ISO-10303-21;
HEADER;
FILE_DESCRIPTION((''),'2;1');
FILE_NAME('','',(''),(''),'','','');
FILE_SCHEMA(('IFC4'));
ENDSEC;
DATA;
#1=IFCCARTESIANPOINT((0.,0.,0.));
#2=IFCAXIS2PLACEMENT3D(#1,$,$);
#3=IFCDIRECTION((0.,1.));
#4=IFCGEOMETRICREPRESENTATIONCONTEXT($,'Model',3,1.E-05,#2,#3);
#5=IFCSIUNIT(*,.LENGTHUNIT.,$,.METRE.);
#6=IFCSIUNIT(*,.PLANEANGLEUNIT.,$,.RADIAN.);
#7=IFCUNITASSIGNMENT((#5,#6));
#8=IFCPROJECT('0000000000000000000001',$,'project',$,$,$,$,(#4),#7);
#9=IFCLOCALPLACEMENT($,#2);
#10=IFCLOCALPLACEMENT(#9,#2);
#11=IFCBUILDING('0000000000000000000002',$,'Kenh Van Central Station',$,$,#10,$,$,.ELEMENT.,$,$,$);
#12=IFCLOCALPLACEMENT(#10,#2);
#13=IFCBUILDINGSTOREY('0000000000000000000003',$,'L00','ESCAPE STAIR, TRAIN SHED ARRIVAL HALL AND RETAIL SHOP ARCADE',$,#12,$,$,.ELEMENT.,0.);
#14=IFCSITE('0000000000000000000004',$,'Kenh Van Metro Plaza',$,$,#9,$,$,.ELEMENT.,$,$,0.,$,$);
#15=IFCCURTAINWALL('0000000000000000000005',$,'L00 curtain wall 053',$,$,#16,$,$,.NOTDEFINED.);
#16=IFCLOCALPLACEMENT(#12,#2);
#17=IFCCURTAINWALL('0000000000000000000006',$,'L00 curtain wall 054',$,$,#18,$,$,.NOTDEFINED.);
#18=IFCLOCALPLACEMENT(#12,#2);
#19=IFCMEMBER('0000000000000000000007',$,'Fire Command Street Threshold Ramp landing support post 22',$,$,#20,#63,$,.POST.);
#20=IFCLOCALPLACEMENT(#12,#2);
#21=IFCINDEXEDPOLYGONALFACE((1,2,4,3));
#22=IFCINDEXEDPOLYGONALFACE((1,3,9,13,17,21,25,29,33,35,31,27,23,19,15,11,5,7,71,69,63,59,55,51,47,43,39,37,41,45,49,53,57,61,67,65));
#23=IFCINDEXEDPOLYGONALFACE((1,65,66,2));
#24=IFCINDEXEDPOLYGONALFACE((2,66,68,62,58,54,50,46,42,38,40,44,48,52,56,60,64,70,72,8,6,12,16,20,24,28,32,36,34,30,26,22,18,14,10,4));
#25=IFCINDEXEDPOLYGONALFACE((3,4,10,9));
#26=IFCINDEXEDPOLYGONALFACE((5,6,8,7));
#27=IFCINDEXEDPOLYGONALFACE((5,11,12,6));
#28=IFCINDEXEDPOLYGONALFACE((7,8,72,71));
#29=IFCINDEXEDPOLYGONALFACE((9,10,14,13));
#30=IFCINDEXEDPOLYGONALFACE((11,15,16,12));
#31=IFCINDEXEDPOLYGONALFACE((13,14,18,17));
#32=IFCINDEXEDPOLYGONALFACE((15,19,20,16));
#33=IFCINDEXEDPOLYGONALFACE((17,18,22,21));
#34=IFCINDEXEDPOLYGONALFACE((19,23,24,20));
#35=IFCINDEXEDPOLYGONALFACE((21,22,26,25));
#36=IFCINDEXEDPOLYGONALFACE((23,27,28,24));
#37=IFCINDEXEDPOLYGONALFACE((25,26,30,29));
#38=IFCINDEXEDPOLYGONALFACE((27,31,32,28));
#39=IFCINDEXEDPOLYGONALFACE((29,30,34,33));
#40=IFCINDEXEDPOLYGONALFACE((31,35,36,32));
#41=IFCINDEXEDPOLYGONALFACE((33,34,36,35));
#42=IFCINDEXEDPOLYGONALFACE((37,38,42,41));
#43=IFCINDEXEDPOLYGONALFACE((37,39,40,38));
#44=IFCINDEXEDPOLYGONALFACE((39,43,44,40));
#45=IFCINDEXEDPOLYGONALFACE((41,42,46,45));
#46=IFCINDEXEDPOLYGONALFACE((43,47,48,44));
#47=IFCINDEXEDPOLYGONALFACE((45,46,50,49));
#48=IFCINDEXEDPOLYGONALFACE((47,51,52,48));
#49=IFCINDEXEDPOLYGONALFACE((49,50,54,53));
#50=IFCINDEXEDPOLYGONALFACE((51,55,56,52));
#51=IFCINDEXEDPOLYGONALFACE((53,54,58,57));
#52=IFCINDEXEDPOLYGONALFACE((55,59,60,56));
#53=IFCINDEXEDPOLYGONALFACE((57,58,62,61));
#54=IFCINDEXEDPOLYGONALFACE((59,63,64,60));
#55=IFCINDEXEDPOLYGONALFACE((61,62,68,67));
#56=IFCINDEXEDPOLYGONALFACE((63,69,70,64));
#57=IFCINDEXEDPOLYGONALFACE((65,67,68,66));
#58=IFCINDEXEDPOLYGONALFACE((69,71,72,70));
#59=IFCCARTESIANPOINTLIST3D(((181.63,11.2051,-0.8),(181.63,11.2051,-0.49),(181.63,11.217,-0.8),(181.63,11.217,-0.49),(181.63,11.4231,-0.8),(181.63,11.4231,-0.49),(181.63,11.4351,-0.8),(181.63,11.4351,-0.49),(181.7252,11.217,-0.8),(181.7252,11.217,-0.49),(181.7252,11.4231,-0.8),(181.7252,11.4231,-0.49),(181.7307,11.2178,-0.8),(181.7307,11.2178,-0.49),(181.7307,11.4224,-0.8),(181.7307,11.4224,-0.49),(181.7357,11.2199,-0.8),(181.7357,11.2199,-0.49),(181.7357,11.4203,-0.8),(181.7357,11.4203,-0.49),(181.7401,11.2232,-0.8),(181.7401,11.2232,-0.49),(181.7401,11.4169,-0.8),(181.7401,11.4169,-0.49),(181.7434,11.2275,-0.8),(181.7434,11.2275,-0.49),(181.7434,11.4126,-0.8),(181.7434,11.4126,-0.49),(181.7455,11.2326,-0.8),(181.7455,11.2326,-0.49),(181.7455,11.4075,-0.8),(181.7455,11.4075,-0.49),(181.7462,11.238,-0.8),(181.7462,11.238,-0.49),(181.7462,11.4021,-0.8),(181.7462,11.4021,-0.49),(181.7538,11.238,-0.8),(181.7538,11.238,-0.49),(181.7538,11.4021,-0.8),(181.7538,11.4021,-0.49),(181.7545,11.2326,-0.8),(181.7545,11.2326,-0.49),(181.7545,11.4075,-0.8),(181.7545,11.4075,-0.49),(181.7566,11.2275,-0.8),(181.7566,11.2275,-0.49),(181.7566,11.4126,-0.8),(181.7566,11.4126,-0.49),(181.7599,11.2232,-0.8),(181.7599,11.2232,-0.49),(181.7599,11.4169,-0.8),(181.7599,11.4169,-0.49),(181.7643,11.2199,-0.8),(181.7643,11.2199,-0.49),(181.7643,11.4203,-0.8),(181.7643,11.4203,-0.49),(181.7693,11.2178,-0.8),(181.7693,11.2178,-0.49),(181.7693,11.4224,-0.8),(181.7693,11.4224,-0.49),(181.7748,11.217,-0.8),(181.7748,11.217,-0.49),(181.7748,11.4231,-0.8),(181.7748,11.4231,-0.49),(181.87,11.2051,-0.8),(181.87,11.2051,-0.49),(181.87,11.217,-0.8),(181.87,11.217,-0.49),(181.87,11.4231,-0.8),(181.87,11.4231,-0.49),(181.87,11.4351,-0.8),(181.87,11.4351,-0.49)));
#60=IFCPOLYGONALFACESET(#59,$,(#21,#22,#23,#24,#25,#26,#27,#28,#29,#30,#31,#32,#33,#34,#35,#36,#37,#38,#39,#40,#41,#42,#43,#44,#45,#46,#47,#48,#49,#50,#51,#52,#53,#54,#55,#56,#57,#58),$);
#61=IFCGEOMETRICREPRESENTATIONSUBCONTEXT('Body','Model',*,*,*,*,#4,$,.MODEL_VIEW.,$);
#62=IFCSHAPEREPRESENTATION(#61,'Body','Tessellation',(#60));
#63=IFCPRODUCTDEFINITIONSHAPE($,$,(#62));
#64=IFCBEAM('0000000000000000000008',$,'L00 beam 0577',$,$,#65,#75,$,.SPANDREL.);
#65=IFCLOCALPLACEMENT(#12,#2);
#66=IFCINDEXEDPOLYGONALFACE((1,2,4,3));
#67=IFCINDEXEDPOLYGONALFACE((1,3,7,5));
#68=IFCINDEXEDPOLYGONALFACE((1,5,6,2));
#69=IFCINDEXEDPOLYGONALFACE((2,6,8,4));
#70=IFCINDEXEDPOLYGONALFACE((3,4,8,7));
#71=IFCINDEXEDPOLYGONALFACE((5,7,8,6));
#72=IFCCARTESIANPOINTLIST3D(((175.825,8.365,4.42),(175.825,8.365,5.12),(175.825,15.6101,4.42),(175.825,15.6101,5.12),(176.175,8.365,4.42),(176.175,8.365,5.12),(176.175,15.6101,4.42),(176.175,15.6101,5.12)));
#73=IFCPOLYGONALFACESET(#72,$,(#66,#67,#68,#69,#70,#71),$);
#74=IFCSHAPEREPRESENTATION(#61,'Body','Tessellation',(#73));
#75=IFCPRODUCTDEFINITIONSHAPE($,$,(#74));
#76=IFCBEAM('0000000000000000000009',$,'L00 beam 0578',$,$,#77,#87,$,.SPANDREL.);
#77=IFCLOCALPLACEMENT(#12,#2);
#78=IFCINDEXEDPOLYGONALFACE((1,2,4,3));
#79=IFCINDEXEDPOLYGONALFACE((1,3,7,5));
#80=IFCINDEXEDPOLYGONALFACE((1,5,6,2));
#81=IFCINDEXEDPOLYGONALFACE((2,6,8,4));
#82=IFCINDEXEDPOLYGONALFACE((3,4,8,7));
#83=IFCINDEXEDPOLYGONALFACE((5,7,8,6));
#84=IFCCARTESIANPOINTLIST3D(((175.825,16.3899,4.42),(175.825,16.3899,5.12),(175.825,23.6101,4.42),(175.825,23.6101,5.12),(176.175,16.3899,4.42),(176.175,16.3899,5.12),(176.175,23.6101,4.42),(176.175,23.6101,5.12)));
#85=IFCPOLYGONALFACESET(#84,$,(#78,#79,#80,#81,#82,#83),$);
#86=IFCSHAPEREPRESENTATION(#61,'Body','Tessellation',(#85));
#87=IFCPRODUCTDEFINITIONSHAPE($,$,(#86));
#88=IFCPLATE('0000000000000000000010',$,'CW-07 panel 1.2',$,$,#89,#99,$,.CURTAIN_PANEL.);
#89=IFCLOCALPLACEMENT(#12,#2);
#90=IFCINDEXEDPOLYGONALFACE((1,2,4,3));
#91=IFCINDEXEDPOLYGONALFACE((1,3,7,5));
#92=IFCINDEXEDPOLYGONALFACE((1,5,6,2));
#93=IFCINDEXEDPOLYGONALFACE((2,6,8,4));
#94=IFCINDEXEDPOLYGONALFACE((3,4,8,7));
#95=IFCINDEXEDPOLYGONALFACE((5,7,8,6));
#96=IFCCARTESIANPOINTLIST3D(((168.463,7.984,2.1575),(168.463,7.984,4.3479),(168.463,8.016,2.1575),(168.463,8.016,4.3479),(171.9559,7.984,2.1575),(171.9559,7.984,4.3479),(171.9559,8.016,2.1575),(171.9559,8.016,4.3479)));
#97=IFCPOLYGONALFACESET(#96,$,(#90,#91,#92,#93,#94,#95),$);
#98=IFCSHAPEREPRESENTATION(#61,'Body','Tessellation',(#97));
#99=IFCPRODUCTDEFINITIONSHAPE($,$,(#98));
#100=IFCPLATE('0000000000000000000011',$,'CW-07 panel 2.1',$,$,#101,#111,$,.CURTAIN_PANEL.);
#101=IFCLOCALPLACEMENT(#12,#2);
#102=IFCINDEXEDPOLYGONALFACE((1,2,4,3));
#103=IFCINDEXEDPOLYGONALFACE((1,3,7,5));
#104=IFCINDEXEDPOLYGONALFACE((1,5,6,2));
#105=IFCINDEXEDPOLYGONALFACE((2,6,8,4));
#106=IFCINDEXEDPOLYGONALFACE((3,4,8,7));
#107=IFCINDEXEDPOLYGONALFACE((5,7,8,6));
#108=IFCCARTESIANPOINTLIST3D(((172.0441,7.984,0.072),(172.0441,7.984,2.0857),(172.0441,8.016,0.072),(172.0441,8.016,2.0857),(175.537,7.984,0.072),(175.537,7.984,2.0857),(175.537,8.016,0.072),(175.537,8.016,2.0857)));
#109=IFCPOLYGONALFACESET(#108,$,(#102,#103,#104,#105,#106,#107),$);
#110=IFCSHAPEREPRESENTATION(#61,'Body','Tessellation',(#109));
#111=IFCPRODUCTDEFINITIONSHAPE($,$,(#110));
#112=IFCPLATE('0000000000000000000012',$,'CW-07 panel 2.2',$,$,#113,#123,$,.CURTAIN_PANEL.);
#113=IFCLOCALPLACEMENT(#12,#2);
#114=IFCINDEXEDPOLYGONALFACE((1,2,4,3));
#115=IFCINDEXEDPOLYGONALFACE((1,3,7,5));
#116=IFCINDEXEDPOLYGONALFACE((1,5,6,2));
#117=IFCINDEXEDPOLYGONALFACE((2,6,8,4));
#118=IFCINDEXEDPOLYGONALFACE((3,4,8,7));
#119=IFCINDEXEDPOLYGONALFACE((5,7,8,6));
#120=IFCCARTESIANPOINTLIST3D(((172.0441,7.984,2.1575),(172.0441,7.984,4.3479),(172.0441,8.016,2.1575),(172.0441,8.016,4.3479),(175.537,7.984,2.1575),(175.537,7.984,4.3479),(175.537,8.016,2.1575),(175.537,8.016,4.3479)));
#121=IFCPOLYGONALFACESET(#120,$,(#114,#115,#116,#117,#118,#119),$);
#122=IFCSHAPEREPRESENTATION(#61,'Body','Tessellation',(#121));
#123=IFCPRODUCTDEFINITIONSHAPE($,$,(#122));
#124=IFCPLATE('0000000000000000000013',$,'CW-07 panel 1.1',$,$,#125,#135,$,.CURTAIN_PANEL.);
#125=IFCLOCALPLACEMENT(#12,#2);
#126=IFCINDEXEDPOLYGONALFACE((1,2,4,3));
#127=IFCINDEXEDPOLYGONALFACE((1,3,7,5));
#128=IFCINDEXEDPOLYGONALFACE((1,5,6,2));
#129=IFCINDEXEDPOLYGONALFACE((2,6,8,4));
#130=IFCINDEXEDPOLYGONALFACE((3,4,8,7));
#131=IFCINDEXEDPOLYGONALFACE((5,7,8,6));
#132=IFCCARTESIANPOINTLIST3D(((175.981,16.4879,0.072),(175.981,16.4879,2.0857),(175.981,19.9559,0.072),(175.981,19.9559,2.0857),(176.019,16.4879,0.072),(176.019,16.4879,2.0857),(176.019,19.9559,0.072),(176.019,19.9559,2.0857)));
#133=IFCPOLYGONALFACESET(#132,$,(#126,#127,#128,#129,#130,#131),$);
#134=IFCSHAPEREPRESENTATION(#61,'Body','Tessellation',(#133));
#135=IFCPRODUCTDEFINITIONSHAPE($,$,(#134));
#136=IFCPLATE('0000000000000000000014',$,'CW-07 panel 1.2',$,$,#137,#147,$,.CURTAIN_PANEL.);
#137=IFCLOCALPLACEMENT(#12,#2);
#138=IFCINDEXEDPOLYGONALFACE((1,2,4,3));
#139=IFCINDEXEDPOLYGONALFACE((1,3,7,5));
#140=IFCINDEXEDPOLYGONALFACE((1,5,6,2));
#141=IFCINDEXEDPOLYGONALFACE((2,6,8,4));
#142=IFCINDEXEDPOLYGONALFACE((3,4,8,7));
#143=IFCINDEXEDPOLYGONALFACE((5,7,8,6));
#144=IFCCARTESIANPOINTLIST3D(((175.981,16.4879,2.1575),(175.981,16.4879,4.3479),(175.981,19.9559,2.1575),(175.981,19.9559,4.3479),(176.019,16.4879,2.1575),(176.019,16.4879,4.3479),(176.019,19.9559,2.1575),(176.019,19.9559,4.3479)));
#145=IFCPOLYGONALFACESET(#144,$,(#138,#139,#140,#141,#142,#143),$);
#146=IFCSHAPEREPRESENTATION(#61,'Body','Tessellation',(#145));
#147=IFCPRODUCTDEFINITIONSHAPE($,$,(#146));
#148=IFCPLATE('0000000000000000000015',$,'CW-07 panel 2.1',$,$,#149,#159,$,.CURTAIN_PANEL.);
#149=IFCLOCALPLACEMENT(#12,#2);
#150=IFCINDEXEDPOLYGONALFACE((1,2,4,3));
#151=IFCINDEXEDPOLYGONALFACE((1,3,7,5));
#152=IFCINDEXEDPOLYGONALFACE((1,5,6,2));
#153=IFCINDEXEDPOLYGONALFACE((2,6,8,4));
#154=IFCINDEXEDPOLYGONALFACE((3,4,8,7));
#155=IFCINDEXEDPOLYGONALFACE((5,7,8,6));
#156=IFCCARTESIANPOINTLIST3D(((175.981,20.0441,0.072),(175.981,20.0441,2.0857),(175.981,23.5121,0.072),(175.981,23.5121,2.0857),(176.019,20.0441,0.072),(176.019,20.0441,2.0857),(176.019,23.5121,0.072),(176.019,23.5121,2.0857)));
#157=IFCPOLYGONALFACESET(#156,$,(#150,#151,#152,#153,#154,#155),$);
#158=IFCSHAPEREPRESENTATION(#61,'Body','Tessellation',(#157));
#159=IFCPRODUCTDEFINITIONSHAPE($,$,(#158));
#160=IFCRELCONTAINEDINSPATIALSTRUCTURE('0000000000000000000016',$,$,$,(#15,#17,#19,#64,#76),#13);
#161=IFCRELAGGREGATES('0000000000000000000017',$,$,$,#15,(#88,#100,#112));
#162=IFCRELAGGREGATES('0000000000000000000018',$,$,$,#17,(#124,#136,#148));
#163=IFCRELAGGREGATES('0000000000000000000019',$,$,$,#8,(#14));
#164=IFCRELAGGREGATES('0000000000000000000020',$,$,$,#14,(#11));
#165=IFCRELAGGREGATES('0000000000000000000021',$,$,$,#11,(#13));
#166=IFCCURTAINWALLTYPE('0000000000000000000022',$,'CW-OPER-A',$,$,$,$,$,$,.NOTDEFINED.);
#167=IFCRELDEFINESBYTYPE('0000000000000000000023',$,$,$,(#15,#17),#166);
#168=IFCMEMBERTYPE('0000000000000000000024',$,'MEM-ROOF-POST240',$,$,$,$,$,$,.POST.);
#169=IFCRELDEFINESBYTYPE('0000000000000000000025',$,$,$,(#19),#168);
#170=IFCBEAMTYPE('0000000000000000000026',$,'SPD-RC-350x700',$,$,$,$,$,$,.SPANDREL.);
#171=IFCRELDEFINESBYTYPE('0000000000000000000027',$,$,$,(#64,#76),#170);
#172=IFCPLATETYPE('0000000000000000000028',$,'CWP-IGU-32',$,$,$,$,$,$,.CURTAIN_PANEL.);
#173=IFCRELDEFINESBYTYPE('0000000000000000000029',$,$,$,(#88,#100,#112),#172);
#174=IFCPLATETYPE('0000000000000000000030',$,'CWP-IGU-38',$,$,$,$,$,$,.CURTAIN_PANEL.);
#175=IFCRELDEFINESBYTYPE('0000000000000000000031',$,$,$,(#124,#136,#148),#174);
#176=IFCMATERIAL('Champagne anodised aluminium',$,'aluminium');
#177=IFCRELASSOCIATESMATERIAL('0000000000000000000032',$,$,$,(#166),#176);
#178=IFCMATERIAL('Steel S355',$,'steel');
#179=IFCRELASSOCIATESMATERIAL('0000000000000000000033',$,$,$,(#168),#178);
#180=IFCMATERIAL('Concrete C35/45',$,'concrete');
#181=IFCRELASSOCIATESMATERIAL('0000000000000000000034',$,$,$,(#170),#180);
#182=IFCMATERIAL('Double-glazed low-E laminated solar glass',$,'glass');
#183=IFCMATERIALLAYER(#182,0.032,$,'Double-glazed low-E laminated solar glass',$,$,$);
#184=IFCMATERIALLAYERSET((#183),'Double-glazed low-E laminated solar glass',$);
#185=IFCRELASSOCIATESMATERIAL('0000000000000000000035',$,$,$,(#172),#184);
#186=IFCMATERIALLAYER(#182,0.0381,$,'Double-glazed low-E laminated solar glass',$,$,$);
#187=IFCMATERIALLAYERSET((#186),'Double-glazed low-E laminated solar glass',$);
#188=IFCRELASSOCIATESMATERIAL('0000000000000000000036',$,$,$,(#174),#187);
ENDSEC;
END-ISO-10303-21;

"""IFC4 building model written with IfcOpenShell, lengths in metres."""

from ifc_helpers import new_model, si_unit, direction, frame, origin, origin_2d, place, context, subcontext, project, spatial, rectangle, i_section, extrude, material, layer, layer_set, material_profile, profile_set, type_object, element, aggregate, save


model = new_model("IFC4")

# Units and contexts
model_context = context("Model", 3, precision=1e-05, world=origin(), true_north=direction((0.0, 1.0)))
body_context = subcontext(model_context, "Body", "Model", "MODEL_VIEW")
ifc_project = project(units=[si_unit("LENGTHUNIT", "METRE"), si_unit("PLANEANGLEUNIT", "RADIAN")], contexts=[model_context])

# Site, building, storey
site_placement = place(None, origin())
site = spatial("IfcSite", under=ifc_project, at=site_placement, Name="Kenh Van Metro Plaza", CompositionType="ELEMENT", RefElevation=0.0)
building_placement = place(site_placement, origin())
building = spatial("IfcBuilding", under=site, at=building_placement, Name="Kenh Van Central Station", CompositionType="ELEMENT")
storey_placement = place(building_placement, origin())
storey = spatial("IfcBuildingStorey", under=building, at=storey_placement, Name="L00", Description="ESCAPE STAIR, TRAIN SHED ARRIVAL HALL AND RETAIL SHOP ARCADE", CompositionType="ELEMENT", Elevation=0.0)

# Curtain walls
ifc_material_1 = material(Name="Champagne anodised aluminium", Category="aluminium")
curtain_wall_type = type_object("IfcCurtainWallType", Name="CW-OPER-A", PredefinedType="NOTDEFINED", material=ifc_material_1)
curtain_wall_1_placement = place(storey_placement, origin())
curtain_wall_1 = element("IfcCurtainWall", 1, at=curtain_wall_1_placement, inside=storey, type_object=curtain_wall_type, Name="L00 curtain wall 053", PredefinedType="NOTDEFINED")
curtain_wall_2_placement = place(storey_placement, origin())
curtain_wall_2 = element("IfcCurtainWall", 2, at=curtain_wall_2_placement, inside=storey, type_object=curtain_wall_type, Name="L00 curtain wall 054", PredefinedType="NOTDEFINED")

# Shared definitions
ifc_material_2 = material(Name="Concrete C35/45", Category="concrete")

# Member
ifc_material_3 = material(Name="Steel S355", Category="steel")
ifc_material_profile_1 = material_profile(ifc_material_3, i_section(OverallWidth=0.24, OverallDepth=0.23, WebThickness=0.0076, FlangeThickness=0.012, FilletRadius=0.021, at=origin_2d()), Name="HEA 240")
ifc_profile_set_1 = profile_set([ifc_material_profile_1], Name="Steel S355")
member_type_1 = type_object("IfcMemberType", Name="MEM-ROOF-POST240", PredefinedType="POST", material=ifc_profile_set_1)
for number, where, z_axis, x_axis, name in (
    (3, (181.75, 11.3201, -0.8), (0.0, 0.0, 1.0), (1.0, 0.0, 0.0), "Fire Command Street Threshold Ramp landing support post 22"),
):
    element("IfcMember", number, at=place(storey_placement, frame(where, z_axis=z_axis, x_axis=x_axis)), inside=storey, type_object=member_type_1, Name=name, PredefinedType="POST", context=body_context, shape_type="SweptSolid", body=[
        extrude(i_section(OverallWidth=0.24, OverallDepth=0.23, WebThickness=0.0076, FlangeThickness=0.012, FilletRadius=0.021, at=origin_2d()), origin(), (0.0, 0.0, 1.0), 0.3101),
    ])

# Beams
ifc_material_profile_2 = material_profile(ifc_material_2, rectangle(XDim=0.3501, YDim=0.7, at=origin_2d()), Name="RC 350x700")
ifc_profile_set_2 = profile_set([ifc_material_profile_2], Name="Concrete C35/45")
beam_type_1 = type_object("IfcBeamType", Name="SPD-RC-350x700", PredefinedType="SPANDREL", material=ifc_profile_set_2)
beam_1_placement = place(storey_placement, frame((176.0, 8.365, 4.77), z_axis=(0.0, 1.0, 0.0), x_axis=(-1.0, 0.0, 0.0)))
element("IfcBeam", 4, at=beam_1_placement, inside=storey, type_object=beam_type_1, Name="L00 beam 0577", PredefinedType="SPANDREL", context=body_context, shape_type="SweptSolid", body=[
    extrude(rectangle(XDim=0.3501, YDim=0.7, at=origin_2d()), origin(), (0.0, 0.0, 1.0), 7.2451),
])
beam_2_placement = place(storey_placement, frame((176.0, 16.3899, 4.77), z_axis=(0.0, 1.0, 0.0), x_axis=(-1.0, 0.0, 0.0)))
element("IfcBeam", 5, at=beam_2_placement, inside=storey, type_object=beam_type_1, Name="L00 beam 0578", PredefinedType="SPANDREL", context=body_context, shape_type="SweptSolid", body=[
    extrude(rectangle(XDim=0.3501, YDim=0.7, at=origin_2d()), origin(), (0.0, 0.0, 1.0), 7.2202),
])

# Plates
ifc_material_4 = material(Name="Double-glazed low-E laminated solar glass", Category="glass")
ifc_layer_1 = layer(ifc_material_4, 0.032, Name="Double-glazed low-E laminated solar glass")
ifc_layer_set_1 = layer_set([ifc_layer_1], Name="Double-glazed low-E laminated solar glass")
plate_type_1 = type_object("IfcPlateType", Name="CWP-IGU-32", PredefinedType="CURTAIN_PANEL", material=ifc_layer_set_1)
plate_1_placement = place(storey_placement, frame((170.2095, 8.0, 2.1575), z_axis=(0.0, 0.0, 1.0), x_axis=(1.0, 0.0, 0.0)))
plate_1 = element("IfcPlate", 6, at=plate_1_placement, type_object=plate_type_1, Name="CW-07 panel 1.2", PredefinedType="CURTAIN_PANEL", context=body_context, shape_type="SweptSolid", body=[
    extrude(rectangle(XDim=3.4929, YDim=0.032, at=origin_2d()), origin(), (0.0, 0.0, 1.0), 2.1904),
])
plate_2_placement = place(storey_placement, frame((173.7905, 8.0, 0.072), z_axis=(0.0, 0.0, 1.0), x_axis=(1.0, 0.0, 0.0)))
plate_2 = element("IfcPlate", 7, at=plate_2_placement, type_object=plate_type_1, Name="CW-07 panel 2.1", PredefinedType="CURTAIN_PANEL", context=body_context, shape_type="SweptSolid", body=[
    extrude(rectangle(XDim=3.4929, YDim=0.032, at=origin_2d()), origin(), (0.0, 0.0, 1.0), 2.0137),
])
plate_3_placement = place(storey_placement, frame((173.7905, 8.0, 2.1575), z_axis=(0.0, 0.0, 1.0), x_axis=(1.0, 0.0, 0.0)))
plate_3 = element("IfcPlate", 8, at=plate_3_placement, type_object=plate_type_1, Name="CW-07 panel 2.2", PredefinedType="CURTAIN_PANEL", context=body_context, shape_type="SweptSolid", body=[
    extrude(rectangle(XDim=3.4929, YDim=0.032, at=origin_2d()), origin(), (0.0, 0.0, 1.0), 2.1904),
])
aggregate(curtain_wall_1, [plate_1, plate_2, plate_3])
ifc_layer_2 = layer(ifc_material_4, 0.0381, Name="Double-glazed low-E laminated solar glass")
ifc_layer_set_2 = layer_set([ifc_layer_2], Name="Double-glazed low-E laminated solar glass")
plate_type_2 = type_object("IfcPlateType", Name="CWP-IGU-38", PredefinedType="CURTAIN_PANEL", material=ifc_layer_set_2)
plate_4_placement = place(storey_placement, frame((176.0, 18.2219, 0.072), z_axis=(0.0, 0.0, 1.0), x_axis=(0.0, 1.0, 0.0)))
plate_4 = element("IfcPlate", 9, at=plate_4_placement, type_object=plate_type_2, Name="CW-07 panel 1.1", PredefinedType="CURTAIN_PANEL", context=body_context, shape_type="SweptSolid", body=[
    extrude(rectangle(XDim=3.468, YDim=0.0381, at=origin_2d()), origin(), (0.0, 0.0, 1.0), 2.0137),
])
plate_5_placement = place(storey_placement, frame((176.0, 18.2219, 2.1575), z_axis=(0.0, 0.0, 1.0), x_axis=(0.0, 1.0, 0.0)))
plate_5 = element("IfcPlate", 10, at=plate_5_placement, type_object=plate_type_2, Name="CW-07 panel 1.2", PredefinedType="CURTAIN_PANEL", context=body_context, shape_type="SweptSolid", body=[
    extrude(rectangle(XDim=3.468, YDim=0.0381, at=origin_2d()), origin(), (0.0, 0.0, 1.0), 2.1904),
])
plate_6_placement = place(storey_placement, frame((176.0, 21.7781, 0.072), z_axis=(0.0, 0.0, 1.0), x_axis=(0.0, 1.0, 0.0)))
plate_6 = element("IfcPlate", 11, at=plate_6_placement, type_object=plate_type_2, Name="CW-07 panel 2.1", PredefinedType="CURTAIN_PANEL", context=body_context, shape_type="SweptSolid", body=[
    extrude(rectangle(XDim=3.468, YDim=0.0381, at=origin_2d()), origin(), (0.0, 0.0, 1.0), 2.0137),
])
aggregate(curtain_wall_2, [plate_4, plate_5, plate_6])

save(model, "model.ifc")
